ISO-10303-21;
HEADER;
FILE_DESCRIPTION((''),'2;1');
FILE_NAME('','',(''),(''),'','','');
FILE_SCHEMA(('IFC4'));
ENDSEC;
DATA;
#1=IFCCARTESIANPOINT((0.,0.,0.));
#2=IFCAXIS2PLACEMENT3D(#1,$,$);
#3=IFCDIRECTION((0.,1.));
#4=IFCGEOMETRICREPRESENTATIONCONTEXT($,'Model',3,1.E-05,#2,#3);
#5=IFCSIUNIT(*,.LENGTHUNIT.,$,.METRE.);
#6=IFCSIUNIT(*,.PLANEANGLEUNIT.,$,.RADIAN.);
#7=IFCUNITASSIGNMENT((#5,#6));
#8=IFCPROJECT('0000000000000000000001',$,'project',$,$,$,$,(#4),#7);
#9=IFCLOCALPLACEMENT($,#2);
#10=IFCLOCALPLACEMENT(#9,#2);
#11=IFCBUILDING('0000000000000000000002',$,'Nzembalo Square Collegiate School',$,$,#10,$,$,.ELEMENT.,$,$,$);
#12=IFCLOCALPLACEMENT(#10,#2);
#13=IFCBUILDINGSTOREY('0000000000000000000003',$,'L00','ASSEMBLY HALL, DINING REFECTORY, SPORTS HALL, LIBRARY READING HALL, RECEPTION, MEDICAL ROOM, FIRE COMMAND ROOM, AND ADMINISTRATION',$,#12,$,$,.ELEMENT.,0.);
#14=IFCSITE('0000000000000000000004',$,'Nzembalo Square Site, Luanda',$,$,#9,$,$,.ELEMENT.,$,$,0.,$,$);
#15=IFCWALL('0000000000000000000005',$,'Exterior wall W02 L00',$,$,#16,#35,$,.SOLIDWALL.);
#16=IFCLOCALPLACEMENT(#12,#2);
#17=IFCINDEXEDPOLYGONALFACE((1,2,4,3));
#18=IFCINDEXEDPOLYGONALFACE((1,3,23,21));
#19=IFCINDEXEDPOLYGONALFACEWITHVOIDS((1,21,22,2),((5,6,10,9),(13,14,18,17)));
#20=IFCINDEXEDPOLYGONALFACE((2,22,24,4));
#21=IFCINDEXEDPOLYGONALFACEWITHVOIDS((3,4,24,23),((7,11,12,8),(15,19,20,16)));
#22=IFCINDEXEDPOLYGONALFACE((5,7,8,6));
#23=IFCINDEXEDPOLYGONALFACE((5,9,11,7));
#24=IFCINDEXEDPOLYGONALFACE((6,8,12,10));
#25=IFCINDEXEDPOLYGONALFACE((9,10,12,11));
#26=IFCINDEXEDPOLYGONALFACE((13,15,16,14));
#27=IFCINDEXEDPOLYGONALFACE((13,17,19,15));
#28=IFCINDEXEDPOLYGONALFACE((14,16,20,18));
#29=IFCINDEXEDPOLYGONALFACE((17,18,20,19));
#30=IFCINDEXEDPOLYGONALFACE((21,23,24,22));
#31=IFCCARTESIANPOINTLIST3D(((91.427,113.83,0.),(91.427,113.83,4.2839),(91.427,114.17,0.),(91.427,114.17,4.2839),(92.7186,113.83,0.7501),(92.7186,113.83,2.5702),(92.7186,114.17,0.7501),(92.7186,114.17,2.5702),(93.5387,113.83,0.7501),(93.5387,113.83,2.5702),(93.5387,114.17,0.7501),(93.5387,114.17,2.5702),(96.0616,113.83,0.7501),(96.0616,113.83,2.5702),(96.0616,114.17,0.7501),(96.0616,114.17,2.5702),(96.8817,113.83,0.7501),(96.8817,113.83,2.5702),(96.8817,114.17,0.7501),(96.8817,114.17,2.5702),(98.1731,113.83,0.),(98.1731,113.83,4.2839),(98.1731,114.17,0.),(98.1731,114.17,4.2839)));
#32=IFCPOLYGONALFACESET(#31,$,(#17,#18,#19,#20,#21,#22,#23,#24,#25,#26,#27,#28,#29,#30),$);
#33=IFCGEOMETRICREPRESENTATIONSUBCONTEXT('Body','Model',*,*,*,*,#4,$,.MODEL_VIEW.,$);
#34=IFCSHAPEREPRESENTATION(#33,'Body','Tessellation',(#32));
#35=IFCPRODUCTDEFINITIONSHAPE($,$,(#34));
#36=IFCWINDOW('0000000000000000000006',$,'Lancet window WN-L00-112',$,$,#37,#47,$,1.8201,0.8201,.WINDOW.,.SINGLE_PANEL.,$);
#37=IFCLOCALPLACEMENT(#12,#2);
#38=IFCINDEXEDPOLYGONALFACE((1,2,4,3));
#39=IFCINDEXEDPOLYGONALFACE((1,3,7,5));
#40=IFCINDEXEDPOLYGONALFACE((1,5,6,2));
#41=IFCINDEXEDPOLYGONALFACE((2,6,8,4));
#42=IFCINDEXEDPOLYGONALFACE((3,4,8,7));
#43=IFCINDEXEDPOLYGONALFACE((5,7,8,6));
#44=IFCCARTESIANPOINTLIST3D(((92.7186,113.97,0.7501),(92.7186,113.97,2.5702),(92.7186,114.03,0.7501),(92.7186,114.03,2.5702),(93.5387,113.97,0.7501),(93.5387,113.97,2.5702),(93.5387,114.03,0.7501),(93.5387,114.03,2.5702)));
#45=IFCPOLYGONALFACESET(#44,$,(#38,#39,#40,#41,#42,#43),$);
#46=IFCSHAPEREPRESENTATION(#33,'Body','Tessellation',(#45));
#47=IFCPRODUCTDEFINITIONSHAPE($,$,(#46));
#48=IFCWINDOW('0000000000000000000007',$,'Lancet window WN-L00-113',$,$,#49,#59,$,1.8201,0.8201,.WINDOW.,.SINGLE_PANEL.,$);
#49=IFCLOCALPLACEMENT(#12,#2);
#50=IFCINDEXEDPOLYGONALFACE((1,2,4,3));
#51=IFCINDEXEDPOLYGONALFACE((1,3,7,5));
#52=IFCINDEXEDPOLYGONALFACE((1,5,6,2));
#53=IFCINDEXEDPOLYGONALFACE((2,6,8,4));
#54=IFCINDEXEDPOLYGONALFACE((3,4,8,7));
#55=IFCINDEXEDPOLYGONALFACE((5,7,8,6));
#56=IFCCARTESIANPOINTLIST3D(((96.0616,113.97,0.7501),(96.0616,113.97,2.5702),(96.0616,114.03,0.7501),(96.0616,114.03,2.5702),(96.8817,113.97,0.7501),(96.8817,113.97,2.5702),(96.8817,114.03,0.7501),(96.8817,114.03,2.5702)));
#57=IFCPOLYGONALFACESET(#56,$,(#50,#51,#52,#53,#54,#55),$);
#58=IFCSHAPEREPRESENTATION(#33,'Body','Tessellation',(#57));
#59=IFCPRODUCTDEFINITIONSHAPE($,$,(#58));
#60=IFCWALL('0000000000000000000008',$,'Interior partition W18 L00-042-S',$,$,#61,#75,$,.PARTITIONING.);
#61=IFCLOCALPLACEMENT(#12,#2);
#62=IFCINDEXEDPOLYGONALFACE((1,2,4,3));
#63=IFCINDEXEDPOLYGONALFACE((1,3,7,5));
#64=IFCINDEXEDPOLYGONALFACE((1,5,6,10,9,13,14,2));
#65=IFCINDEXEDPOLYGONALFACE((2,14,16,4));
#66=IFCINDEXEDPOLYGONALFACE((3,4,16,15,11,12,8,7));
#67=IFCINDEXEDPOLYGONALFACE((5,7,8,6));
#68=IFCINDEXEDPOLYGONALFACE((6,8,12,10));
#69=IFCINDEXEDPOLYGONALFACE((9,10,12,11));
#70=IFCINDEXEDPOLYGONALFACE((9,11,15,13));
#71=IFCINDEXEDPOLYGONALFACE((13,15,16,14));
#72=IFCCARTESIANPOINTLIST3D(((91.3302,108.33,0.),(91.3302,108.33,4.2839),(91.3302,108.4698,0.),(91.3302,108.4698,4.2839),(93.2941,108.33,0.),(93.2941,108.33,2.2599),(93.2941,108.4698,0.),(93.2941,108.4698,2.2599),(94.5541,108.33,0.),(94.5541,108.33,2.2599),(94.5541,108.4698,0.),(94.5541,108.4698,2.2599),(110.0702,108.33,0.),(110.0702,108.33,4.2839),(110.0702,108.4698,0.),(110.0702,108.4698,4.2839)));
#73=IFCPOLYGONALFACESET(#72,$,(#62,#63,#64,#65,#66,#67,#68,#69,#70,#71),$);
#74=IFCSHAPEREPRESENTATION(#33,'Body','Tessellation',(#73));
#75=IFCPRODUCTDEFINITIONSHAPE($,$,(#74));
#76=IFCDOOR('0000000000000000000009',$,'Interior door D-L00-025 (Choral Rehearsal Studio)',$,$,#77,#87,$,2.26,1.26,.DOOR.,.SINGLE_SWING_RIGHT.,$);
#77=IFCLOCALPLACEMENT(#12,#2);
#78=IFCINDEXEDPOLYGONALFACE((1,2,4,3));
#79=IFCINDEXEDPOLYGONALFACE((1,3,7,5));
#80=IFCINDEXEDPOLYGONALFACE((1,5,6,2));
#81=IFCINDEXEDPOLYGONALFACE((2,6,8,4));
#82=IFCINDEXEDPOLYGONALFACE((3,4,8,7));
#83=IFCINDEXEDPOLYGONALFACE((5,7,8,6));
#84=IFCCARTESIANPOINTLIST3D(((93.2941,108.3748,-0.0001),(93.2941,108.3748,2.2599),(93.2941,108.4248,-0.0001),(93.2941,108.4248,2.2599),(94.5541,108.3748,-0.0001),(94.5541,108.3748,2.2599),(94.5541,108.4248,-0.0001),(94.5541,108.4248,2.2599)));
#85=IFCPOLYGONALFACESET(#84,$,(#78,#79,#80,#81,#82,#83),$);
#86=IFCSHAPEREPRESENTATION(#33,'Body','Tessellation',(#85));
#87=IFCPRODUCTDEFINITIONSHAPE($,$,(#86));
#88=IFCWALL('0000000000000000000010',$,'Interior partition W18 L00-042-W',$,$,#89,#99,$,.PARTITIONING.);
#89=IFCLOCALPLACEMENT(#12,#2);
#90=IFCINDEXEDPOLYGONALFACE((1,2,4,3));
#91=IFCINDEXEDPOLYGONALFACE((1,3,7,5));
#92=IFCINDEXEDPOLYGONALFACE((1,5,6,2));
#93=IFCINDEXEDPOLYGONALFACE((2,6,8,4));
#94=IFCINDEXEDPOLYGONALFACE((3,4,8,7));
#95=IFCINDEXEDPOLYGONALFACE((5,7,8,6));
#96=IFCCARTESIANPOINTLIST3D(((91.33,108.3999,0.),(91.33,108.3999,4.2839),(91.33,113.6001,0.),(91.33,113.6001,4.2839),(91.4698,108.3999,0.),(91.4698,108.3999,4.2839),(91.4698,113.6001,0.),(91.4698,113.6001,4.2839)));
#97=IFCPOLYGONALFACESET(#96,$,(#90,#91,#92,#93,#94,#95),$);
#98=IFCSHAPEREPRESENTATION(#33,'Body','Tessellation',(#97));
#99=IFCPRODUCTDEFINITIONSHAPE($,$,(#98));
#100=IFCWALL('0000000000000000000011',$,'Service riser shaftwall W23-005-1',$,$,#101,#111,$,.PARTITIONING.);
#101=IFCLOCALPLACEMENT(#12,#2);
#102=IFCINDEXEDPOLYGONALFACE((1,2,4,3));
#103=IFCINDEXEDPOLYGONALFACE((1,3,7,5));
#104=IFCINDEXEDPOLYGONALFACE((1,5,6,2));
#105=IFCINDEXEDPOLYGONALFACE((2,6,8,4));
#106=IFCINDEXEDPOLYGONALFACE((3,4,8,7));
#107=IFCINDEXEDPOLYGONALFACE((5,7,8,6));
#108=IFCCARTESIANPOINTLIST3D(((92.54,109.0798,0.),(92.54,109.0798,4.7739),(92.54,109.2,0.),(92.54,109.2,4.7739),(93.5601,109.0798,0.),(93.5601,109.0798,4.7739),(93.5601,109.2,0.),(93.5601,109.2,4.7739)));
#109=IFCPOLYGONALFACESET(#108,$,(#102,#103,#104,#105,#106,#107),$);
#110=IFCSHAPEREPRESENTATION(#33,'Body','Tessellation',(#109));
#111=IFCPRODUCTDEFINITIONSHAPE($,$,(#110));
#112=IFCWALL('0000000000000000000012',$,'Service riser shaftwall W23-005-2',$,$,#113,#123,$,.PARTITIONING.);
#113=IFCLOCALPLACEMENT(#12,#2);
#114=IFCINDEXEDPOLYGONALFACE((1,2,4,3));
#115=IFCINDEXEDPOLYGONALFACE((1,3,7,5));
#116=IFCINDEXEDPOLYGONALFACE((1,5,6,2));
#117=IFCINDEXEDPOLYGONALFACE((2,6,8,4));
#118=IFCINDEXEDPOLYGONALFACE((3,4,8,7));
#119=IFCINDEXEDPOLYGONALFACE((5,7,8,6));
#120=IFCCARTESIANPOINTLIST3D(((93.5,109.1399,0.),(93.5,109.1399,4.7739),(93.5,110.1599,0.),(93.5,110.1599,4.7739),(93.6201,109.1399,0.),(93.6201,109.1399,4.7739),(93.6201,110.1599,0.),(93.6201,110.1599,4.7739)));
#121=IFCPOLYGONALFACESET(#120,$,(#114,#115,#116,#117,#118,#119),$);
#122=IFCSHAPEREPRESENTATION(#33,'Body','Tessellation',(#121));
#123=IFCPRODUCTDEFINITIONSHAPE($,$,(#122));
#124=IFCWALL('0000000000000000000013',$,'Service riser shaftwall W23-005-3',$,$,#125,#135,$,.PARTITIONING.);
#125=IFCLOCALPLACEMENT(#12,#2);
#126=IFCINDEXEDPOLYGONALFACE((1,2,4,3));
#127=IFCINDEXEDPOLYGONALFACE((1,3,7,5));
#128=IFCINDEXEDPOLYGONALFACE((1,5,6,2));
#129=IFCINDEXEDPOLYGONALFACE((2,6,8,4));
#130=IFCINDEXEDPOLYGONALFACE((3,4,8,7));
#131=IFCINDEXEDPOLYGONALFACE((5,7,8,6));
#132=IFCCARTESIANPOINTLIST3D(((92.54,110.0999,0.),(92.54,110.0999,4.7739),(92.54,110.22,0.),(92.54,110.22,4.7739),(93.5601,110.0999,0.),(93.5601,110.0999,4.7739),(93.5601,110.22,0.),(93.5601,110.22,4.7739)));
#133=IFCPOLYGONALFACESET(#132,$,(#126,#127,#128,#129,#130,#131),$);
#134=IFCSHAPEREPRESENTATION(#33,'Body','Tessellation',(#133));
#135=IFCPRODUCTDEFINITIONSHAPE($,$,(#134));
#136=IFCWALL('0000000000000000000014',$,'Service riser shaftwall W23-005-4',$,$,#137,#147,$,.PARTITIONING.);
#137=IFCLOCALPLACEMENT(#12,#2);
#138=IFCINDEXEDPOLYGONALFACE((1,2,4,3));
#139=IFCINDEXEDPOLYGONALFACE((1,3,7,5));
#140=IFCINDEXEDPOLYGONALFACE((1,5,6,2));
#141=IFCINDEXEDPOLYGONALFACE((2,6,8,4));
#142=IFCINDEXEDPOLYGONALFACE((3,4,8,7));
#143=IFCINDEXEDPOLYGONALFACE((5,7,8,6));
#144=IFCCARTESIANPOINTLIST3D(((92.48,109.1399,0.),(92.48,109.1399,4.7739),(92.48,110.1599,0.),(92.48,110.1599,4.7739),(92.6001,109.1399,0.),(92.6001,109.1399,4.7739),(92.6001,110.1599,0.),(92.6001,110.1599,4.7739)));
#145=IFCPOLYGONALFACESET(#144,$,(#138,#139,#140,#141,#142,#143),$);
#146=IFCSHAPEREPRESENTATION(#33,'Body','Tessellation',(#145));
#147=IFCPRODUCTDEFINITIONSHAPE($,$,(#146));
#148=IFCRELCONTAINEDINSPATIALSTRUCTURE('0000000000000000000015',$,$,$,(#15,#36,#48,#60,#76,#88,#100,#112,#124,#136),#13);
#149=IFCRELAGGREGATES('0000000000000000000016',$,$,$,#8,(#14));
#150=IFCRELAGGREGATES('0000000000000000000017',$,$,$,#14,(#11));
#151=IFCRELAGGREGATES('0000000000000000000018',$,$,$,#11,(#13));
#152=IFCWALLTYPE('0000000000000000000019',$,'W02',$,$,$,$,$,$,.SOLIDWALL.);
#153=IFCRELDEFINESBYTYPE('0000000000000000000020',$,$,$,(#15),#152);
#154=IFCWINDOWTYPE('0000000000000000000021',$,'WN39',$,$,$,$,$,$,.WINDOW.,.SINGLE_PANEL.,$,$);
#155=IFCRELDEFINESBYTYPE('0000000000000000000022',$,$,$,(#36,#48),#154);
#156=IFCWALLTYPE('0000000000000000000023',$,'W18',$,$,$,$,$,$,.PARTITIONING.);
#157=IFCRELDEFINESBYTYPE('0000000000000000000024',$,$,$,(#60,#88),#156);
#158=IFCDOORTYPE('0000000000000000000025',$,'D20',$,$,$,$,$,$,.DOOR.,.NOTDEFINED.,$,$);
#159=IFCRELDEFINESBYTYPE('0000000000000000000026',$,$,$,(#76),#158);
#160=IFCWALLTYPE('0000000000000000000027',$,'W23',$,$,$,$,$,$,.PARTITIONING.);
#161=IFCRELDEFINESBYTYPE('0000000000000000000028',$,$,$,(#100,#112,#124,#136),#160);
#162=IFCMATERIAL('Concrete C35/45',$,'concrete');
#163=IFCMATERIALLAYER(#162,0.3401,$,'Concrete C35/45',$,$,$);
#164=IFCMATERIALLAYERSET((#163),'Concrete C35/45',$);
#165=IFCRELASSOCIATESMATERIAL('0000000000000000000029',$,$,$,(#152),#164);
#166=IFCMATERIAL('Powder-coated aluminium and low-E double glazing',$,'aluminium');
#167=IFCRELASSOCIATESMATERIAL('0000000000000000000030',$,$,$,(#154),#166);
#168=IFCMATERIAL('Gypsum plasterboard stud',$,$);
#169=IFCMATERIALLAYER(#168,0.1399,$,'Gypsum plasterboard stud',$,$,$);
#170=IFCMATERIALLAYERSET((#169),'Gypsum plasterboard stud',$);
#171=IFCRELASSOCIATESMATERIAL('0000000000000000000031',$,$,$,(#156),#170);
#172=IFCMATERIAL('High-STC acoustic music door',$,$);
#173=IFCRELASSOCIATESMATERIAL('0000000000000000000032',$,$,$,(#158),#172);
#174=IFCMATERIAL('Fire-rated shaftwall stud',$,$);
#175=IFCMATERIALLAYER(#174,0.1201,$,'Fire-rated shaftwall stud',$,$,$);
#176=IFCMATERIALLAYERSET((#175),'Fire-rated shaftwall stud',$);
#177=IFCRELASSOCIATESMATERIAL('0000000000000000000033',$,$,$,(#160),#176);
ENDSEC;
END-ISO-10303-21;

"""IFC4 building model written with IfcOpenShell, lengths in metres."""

from ifc_helpers import new_model, si_unit, direction, frame, frame_2d, origin, place, context, subcontext, project, spatial, rectangle, extrude, material, layer, layer_set, type_object, element, fill, save


model = new_model("IFC4")

# Units and contexts
model_context = context("Model", 3, precision=1e-05, world=origin(), true_north=direction((0.0, 1.0)))
body_context = subcontext(model_context, "Body", "Model", "MODEL_VIEW")
ifc_project = project(units=[si_unit("LENGTHUNIT", "METRE"), si_unit("PLANEANGLEUNIT", "RADIAN")], contexts=[model_context])

# Site, building, storey
site_placement = place(None, origin())
site = spatial("IfcSite", under=ifc_project, at=site_placement, Name="Nzembalo Square Site, Luanda", CompositionType="ELEMENT", RefElevation=0.0)
building_placement = place(site_placement, origin())
building = spatial("IfcBuilding", under=site, at=building_placement, Name="Nzembalo Square Collegiate School", CompositionType="ELEMENT")
storey_placement = place(building_placement, origin())
storey = spatial("IfcBuildingStorey", under=building, at=storey_placement, Name="L00", Description="ASSEMBLY HALL, DINING REFECTORY, SPORTS HALL, LIBRARY READING HALL, RECEPTION, MEDICAL ROOM, FIRE COMMAND ROOM, AND ADMINISTRATION", CompositionType="ELEMENT", Elevation=0.0)

# Wall, openings, windows
ifc_material_1 = material(Name="Concrete C35/45", Category="concrete")
ifc_layer_1 = layer(ifc_material_1, 0.3401, Name="Concrete C35/45")
ifc_layer_set_1 = layer_set([ifc_layer_1], Name="Concrete C35/45")
wall_type_1 = type_object("IfcWallType", Name="W02", PredefinedType="SOLIDWALL", material=ifc_layer_set_1)
wall_1_placement = place(storey_placement, frame((91.427, 114.0, 0.0), z_axis=(0.0, 0.0, 1.0), x_axis=(1.0, 0.0, 0.0)))
wall_1 = element("IfcWall", 1, at=wall_1_placement, inside=storey, type_object=wall_type_1, Name="Exterior wall W02 L00", PredefinedType="SOLIDWALL", context=body_context, shape_type="SweptSolid", body=[
    extrude(rectangle(XDim=6.7461, YDim=0.3401, at=frame_2d((3.373, 0.0))), origin(), (0.0, 0.0, 1.0), 4.2839),
])
opening_1_placement = place(wall_1_placement, frame((1.2915, 0.0, 0.75)))
opening_1 = element("IfcOpeningElement", 2, at=opening_1_placement, cuts=wall_1, PredefinedType="OPENING", context=body_context, shape_type="SweptSolid", body=[
    extrude(rectangle(XDim=0.8201, YDim=1.8201, at=frame_2d((0.4102, 0.9102))), frame((0.0, 0.1802, 0.0), z_axis=(0.0, -1.0, 0.0), x_axis=(1.0, 0.0, 0.0)), (0.0, 0.0, 1.0), 0.3601),
])
opening_2_placement = place(wall_1_placement, frame((4.6345, 0.0, 0.75)))
opening_2 = element("IfcOpeningElement", 3, at=opening_2_placement, cuts=wall_1, PredefinedType="OPENING", context=body_context, shape_type="SweptSolid", body=[
    extrude(rectangle(XDim=0.8201, YDim=1.8201, at=frame_2d((0.4102, 0.9102))), frame((0.0, 0.1802, 0.0), z_axis=(0.0, -1.0, 0.0), x_axis=(1.0, 0.0, 0.0)), (0.0, 0.0, 1.0), 0.3601),
])
ifc_material_2 = material(Name="Powder-coated aluminium and low-E double glazing", Category="aluminium")
window_type_1 = type_object("IfcWindowType", Name="WN39", PartitioningType="SINGLE_PANEL", PredefinedType="WINDOW", material=ifc_material_2)
window_1_placement = place(opening_1_placement, origin())
window_1 = element("IfcWindow", 4, at=window_1_placement, inside=storey, type_object=window_type_1, Name="Lancet window WN-L00-112", OverallHeight=1.8201, OverallWidth=0.8201, PartitioningType="SINGLE_PANEL", PredefinedType="WINDOW", context=body_context, shape_type="SweptSolid", body=[
    extrude(rectangle(XDim=0.8201, YDim=1.8201, at=frame_2d((0.4102, 0.9102))), frame((0.0, 0.03, 0.0), z_axis=(0.0, -1.0, 0.0), x_axis=(1.0, 0.0, 0.0)), (0.0, 0.0, 1.0), 0.0601),
])
fill(opening_1, window_1)
window_2_placement = place(opening_2_placement, origin())
window_2 = element("IfcWindow", 5, at=window_2_placement, inside=storey, type_object=window_type_1, Name="Lancet window WN-L00-113", OverallHeight=1.8201, OverallWidth=0.8201, PartitioningType="SINGLE_PANEL", PredefinedType="WINDOW", context=body_context, shape_type="SweptSolid", body=[
    extrude(rectangle(XDim=0.8201, YDim=1.8201, at=frame_2d((0.4102, 0.9102))), frame((0.0, 0.03, 0.0), z_axis=(0.0, -1.0, 0.0), x_axis=(1.0, 0.0, 0.0)), (0.0, 0.0, 1.0), 0.0601),
])
fill(opening_2, window_2)

# Wall, opening, door
ifc_material_3 = material(Name="Gypsum plasterboard stud")
ifc_layer_2 = layer(ifc_material_3, 0.1399, Name="Gypsum plasterboard stud")
ifc_layer_set_2 = layer_set([ifc_layer_2], Name="Gypsum plasterboard stud")
wall_type_2 = type_object("IfcWallType", Name="W18", PredefinedType="PARTITIONING", material=ifc_layer_set_2)
wall_2_placement = place(storey_placement, frame((91.3301, 108.3999, 0.0), z_axis=(0.0, 0.0, 1.0), x_axis=(1.0, 0.0, 0.0)))
wall_2 = element("IfcWall", 6, at=wall_2_placement, inside=storey, type_object=wall_type_2, Name="Interior partition W18 L00-042-S", PredefinedType="PARTITIONING", context=body_context, shape_type="SweptSolid", body=[
    extrude(rectangle(XDim=18.74, YDim=0.1399, at=frame_2d((9.3701, 0.0))), origin(), (0.0, 0.0, 1.0), 4.2839),
])
opening_3_placement = place(wall_2_placement, frame((1.9641, 0.0, 0.0)))
opening_3 = element("IfcOpeningElement", 7, at=opening_3_placement, cuts=wall_2, PredefinedType="OPENING", context=body_context, shape_type="SweptSolid", body=[
    extrude(rectangle(XDim=1.26, YDim=2.26, at=frame_2d((0.6299, 1.1299))), frame((0.0, 0.0801, 0.0), z_axis=(0.0, -1.0, 0.0), x_axis=(1.0, 0.0, 0.0)), (0.0, 0.0, 1.0), 0.1599),
])
ifc_material_4 = material(Name="High-STC acoustic music door")
door_type = type_object("IfcDoorType", Name="D20", OperationType="NOTDEFINED", PredefinedType="DOOR", material=ifc_material_4)
door_placement = place(opening_3_placement, origin())
door = element("IfcDoor", 8, at=door_placement, inside=storey, type_object=door_type, Name="Interior door D-L00-025 (Choral Rehearsal Studio)", OperationType="SINGLE_SWING_RIGHT", OverallHeight=2.26, OverallWidth=1.26, PredefinedType="DOOR", context=body_context, shape_type="SweptSolid", body=[
    extrude(rectangle(XDim=1.26, YDim=2.26, at=frame_2d((0.6299, 1.1299))), frame((0.0, 0.0249, 0.0), z_axis=(0.0, -1.0, 0.0), x_axis=(1.0, 0.0, 0.0)), (0.0, 0.0, 1.0), 0.05),
])
fill(opening_3, door)

# Walls
wall_3_placement = place(storey_placement, frame((91.3999, 108.3999, 0.0), z_axis=(0.0, 0.0, 1.0), x_axis=(0.0, 1.0, 0.0)))
element("IfcWall", 9, at=wall_3_placement, inside=storey, type_object=wall_type_2, Name="Interior partition W18 L00-042-W", PredefinedType="PARTITIONING", context=body_context, shape_type="SweptSolid", body=[
    extrude(rectangle(XDim=5.2002, YDim=0.1399, at=frame_2d((2.6001, 0.0))), origin(), (0.0, 0.0, 1.0), 4.2839),
])
ifc_material_5 = material(Name="Fire-rated shaftwall stud")
ifc_layer_3 = layer(ifc_material_5, 0.1201, Name="Fire-rated shaftwall stud")
ifc_layer_set_3 = layer_set([ifc_layer_3], Name="Fire-rated shaftwall stud")
wall_type_3 = type_object("IfcWallType", Name="W23", PredefinedType="PARTITIONING", material=ifc_layer_set_3)
for number, where, z_axis, x_axis, name in (
    (10, (92.54, 109.1399, 0.0), (0.0, 0.0, 1.0), (1.0, 0.0, 0.0), "Service riser shaftwall W23-005-1"),
    (11, (93.5601, 109.1399, 0.0), (0.0, 0.0, 1.0), (0.0, 1.0, 0.0), "Service riser shaftwall W23-005-2"),
    (12, (93.5601, 110.1599, 0.0), (0.0, 0.0, 1.0), (-1.0, 0.0, 0.0), "Service riser shaftwall W23-005-3"),
    (13, (92.54, 110.1599, 0.0), (0.0, 0.0, 1.0), (0.0, -1.0, 0.0), "Service riser shaftwall W23-005-4"),
):
    element("IfcWall", number, at=place(storey_placement, frame(where, z_axis=z_axis, x_axis=x_axis)), inside=storey, type_object=wall_type_3, Name=name, PredefinedType="PARTITIONING", context=body_context, shape_type="SweptSolid", body=[
        extrude(rectangle(XDim=1.02, YDim=0.1201, at=frame_2d((0.51, 0.0))), origin(), (0.0, 0.0, 1.0), 4.7739),
    ])

save(model, "model.ifc")
